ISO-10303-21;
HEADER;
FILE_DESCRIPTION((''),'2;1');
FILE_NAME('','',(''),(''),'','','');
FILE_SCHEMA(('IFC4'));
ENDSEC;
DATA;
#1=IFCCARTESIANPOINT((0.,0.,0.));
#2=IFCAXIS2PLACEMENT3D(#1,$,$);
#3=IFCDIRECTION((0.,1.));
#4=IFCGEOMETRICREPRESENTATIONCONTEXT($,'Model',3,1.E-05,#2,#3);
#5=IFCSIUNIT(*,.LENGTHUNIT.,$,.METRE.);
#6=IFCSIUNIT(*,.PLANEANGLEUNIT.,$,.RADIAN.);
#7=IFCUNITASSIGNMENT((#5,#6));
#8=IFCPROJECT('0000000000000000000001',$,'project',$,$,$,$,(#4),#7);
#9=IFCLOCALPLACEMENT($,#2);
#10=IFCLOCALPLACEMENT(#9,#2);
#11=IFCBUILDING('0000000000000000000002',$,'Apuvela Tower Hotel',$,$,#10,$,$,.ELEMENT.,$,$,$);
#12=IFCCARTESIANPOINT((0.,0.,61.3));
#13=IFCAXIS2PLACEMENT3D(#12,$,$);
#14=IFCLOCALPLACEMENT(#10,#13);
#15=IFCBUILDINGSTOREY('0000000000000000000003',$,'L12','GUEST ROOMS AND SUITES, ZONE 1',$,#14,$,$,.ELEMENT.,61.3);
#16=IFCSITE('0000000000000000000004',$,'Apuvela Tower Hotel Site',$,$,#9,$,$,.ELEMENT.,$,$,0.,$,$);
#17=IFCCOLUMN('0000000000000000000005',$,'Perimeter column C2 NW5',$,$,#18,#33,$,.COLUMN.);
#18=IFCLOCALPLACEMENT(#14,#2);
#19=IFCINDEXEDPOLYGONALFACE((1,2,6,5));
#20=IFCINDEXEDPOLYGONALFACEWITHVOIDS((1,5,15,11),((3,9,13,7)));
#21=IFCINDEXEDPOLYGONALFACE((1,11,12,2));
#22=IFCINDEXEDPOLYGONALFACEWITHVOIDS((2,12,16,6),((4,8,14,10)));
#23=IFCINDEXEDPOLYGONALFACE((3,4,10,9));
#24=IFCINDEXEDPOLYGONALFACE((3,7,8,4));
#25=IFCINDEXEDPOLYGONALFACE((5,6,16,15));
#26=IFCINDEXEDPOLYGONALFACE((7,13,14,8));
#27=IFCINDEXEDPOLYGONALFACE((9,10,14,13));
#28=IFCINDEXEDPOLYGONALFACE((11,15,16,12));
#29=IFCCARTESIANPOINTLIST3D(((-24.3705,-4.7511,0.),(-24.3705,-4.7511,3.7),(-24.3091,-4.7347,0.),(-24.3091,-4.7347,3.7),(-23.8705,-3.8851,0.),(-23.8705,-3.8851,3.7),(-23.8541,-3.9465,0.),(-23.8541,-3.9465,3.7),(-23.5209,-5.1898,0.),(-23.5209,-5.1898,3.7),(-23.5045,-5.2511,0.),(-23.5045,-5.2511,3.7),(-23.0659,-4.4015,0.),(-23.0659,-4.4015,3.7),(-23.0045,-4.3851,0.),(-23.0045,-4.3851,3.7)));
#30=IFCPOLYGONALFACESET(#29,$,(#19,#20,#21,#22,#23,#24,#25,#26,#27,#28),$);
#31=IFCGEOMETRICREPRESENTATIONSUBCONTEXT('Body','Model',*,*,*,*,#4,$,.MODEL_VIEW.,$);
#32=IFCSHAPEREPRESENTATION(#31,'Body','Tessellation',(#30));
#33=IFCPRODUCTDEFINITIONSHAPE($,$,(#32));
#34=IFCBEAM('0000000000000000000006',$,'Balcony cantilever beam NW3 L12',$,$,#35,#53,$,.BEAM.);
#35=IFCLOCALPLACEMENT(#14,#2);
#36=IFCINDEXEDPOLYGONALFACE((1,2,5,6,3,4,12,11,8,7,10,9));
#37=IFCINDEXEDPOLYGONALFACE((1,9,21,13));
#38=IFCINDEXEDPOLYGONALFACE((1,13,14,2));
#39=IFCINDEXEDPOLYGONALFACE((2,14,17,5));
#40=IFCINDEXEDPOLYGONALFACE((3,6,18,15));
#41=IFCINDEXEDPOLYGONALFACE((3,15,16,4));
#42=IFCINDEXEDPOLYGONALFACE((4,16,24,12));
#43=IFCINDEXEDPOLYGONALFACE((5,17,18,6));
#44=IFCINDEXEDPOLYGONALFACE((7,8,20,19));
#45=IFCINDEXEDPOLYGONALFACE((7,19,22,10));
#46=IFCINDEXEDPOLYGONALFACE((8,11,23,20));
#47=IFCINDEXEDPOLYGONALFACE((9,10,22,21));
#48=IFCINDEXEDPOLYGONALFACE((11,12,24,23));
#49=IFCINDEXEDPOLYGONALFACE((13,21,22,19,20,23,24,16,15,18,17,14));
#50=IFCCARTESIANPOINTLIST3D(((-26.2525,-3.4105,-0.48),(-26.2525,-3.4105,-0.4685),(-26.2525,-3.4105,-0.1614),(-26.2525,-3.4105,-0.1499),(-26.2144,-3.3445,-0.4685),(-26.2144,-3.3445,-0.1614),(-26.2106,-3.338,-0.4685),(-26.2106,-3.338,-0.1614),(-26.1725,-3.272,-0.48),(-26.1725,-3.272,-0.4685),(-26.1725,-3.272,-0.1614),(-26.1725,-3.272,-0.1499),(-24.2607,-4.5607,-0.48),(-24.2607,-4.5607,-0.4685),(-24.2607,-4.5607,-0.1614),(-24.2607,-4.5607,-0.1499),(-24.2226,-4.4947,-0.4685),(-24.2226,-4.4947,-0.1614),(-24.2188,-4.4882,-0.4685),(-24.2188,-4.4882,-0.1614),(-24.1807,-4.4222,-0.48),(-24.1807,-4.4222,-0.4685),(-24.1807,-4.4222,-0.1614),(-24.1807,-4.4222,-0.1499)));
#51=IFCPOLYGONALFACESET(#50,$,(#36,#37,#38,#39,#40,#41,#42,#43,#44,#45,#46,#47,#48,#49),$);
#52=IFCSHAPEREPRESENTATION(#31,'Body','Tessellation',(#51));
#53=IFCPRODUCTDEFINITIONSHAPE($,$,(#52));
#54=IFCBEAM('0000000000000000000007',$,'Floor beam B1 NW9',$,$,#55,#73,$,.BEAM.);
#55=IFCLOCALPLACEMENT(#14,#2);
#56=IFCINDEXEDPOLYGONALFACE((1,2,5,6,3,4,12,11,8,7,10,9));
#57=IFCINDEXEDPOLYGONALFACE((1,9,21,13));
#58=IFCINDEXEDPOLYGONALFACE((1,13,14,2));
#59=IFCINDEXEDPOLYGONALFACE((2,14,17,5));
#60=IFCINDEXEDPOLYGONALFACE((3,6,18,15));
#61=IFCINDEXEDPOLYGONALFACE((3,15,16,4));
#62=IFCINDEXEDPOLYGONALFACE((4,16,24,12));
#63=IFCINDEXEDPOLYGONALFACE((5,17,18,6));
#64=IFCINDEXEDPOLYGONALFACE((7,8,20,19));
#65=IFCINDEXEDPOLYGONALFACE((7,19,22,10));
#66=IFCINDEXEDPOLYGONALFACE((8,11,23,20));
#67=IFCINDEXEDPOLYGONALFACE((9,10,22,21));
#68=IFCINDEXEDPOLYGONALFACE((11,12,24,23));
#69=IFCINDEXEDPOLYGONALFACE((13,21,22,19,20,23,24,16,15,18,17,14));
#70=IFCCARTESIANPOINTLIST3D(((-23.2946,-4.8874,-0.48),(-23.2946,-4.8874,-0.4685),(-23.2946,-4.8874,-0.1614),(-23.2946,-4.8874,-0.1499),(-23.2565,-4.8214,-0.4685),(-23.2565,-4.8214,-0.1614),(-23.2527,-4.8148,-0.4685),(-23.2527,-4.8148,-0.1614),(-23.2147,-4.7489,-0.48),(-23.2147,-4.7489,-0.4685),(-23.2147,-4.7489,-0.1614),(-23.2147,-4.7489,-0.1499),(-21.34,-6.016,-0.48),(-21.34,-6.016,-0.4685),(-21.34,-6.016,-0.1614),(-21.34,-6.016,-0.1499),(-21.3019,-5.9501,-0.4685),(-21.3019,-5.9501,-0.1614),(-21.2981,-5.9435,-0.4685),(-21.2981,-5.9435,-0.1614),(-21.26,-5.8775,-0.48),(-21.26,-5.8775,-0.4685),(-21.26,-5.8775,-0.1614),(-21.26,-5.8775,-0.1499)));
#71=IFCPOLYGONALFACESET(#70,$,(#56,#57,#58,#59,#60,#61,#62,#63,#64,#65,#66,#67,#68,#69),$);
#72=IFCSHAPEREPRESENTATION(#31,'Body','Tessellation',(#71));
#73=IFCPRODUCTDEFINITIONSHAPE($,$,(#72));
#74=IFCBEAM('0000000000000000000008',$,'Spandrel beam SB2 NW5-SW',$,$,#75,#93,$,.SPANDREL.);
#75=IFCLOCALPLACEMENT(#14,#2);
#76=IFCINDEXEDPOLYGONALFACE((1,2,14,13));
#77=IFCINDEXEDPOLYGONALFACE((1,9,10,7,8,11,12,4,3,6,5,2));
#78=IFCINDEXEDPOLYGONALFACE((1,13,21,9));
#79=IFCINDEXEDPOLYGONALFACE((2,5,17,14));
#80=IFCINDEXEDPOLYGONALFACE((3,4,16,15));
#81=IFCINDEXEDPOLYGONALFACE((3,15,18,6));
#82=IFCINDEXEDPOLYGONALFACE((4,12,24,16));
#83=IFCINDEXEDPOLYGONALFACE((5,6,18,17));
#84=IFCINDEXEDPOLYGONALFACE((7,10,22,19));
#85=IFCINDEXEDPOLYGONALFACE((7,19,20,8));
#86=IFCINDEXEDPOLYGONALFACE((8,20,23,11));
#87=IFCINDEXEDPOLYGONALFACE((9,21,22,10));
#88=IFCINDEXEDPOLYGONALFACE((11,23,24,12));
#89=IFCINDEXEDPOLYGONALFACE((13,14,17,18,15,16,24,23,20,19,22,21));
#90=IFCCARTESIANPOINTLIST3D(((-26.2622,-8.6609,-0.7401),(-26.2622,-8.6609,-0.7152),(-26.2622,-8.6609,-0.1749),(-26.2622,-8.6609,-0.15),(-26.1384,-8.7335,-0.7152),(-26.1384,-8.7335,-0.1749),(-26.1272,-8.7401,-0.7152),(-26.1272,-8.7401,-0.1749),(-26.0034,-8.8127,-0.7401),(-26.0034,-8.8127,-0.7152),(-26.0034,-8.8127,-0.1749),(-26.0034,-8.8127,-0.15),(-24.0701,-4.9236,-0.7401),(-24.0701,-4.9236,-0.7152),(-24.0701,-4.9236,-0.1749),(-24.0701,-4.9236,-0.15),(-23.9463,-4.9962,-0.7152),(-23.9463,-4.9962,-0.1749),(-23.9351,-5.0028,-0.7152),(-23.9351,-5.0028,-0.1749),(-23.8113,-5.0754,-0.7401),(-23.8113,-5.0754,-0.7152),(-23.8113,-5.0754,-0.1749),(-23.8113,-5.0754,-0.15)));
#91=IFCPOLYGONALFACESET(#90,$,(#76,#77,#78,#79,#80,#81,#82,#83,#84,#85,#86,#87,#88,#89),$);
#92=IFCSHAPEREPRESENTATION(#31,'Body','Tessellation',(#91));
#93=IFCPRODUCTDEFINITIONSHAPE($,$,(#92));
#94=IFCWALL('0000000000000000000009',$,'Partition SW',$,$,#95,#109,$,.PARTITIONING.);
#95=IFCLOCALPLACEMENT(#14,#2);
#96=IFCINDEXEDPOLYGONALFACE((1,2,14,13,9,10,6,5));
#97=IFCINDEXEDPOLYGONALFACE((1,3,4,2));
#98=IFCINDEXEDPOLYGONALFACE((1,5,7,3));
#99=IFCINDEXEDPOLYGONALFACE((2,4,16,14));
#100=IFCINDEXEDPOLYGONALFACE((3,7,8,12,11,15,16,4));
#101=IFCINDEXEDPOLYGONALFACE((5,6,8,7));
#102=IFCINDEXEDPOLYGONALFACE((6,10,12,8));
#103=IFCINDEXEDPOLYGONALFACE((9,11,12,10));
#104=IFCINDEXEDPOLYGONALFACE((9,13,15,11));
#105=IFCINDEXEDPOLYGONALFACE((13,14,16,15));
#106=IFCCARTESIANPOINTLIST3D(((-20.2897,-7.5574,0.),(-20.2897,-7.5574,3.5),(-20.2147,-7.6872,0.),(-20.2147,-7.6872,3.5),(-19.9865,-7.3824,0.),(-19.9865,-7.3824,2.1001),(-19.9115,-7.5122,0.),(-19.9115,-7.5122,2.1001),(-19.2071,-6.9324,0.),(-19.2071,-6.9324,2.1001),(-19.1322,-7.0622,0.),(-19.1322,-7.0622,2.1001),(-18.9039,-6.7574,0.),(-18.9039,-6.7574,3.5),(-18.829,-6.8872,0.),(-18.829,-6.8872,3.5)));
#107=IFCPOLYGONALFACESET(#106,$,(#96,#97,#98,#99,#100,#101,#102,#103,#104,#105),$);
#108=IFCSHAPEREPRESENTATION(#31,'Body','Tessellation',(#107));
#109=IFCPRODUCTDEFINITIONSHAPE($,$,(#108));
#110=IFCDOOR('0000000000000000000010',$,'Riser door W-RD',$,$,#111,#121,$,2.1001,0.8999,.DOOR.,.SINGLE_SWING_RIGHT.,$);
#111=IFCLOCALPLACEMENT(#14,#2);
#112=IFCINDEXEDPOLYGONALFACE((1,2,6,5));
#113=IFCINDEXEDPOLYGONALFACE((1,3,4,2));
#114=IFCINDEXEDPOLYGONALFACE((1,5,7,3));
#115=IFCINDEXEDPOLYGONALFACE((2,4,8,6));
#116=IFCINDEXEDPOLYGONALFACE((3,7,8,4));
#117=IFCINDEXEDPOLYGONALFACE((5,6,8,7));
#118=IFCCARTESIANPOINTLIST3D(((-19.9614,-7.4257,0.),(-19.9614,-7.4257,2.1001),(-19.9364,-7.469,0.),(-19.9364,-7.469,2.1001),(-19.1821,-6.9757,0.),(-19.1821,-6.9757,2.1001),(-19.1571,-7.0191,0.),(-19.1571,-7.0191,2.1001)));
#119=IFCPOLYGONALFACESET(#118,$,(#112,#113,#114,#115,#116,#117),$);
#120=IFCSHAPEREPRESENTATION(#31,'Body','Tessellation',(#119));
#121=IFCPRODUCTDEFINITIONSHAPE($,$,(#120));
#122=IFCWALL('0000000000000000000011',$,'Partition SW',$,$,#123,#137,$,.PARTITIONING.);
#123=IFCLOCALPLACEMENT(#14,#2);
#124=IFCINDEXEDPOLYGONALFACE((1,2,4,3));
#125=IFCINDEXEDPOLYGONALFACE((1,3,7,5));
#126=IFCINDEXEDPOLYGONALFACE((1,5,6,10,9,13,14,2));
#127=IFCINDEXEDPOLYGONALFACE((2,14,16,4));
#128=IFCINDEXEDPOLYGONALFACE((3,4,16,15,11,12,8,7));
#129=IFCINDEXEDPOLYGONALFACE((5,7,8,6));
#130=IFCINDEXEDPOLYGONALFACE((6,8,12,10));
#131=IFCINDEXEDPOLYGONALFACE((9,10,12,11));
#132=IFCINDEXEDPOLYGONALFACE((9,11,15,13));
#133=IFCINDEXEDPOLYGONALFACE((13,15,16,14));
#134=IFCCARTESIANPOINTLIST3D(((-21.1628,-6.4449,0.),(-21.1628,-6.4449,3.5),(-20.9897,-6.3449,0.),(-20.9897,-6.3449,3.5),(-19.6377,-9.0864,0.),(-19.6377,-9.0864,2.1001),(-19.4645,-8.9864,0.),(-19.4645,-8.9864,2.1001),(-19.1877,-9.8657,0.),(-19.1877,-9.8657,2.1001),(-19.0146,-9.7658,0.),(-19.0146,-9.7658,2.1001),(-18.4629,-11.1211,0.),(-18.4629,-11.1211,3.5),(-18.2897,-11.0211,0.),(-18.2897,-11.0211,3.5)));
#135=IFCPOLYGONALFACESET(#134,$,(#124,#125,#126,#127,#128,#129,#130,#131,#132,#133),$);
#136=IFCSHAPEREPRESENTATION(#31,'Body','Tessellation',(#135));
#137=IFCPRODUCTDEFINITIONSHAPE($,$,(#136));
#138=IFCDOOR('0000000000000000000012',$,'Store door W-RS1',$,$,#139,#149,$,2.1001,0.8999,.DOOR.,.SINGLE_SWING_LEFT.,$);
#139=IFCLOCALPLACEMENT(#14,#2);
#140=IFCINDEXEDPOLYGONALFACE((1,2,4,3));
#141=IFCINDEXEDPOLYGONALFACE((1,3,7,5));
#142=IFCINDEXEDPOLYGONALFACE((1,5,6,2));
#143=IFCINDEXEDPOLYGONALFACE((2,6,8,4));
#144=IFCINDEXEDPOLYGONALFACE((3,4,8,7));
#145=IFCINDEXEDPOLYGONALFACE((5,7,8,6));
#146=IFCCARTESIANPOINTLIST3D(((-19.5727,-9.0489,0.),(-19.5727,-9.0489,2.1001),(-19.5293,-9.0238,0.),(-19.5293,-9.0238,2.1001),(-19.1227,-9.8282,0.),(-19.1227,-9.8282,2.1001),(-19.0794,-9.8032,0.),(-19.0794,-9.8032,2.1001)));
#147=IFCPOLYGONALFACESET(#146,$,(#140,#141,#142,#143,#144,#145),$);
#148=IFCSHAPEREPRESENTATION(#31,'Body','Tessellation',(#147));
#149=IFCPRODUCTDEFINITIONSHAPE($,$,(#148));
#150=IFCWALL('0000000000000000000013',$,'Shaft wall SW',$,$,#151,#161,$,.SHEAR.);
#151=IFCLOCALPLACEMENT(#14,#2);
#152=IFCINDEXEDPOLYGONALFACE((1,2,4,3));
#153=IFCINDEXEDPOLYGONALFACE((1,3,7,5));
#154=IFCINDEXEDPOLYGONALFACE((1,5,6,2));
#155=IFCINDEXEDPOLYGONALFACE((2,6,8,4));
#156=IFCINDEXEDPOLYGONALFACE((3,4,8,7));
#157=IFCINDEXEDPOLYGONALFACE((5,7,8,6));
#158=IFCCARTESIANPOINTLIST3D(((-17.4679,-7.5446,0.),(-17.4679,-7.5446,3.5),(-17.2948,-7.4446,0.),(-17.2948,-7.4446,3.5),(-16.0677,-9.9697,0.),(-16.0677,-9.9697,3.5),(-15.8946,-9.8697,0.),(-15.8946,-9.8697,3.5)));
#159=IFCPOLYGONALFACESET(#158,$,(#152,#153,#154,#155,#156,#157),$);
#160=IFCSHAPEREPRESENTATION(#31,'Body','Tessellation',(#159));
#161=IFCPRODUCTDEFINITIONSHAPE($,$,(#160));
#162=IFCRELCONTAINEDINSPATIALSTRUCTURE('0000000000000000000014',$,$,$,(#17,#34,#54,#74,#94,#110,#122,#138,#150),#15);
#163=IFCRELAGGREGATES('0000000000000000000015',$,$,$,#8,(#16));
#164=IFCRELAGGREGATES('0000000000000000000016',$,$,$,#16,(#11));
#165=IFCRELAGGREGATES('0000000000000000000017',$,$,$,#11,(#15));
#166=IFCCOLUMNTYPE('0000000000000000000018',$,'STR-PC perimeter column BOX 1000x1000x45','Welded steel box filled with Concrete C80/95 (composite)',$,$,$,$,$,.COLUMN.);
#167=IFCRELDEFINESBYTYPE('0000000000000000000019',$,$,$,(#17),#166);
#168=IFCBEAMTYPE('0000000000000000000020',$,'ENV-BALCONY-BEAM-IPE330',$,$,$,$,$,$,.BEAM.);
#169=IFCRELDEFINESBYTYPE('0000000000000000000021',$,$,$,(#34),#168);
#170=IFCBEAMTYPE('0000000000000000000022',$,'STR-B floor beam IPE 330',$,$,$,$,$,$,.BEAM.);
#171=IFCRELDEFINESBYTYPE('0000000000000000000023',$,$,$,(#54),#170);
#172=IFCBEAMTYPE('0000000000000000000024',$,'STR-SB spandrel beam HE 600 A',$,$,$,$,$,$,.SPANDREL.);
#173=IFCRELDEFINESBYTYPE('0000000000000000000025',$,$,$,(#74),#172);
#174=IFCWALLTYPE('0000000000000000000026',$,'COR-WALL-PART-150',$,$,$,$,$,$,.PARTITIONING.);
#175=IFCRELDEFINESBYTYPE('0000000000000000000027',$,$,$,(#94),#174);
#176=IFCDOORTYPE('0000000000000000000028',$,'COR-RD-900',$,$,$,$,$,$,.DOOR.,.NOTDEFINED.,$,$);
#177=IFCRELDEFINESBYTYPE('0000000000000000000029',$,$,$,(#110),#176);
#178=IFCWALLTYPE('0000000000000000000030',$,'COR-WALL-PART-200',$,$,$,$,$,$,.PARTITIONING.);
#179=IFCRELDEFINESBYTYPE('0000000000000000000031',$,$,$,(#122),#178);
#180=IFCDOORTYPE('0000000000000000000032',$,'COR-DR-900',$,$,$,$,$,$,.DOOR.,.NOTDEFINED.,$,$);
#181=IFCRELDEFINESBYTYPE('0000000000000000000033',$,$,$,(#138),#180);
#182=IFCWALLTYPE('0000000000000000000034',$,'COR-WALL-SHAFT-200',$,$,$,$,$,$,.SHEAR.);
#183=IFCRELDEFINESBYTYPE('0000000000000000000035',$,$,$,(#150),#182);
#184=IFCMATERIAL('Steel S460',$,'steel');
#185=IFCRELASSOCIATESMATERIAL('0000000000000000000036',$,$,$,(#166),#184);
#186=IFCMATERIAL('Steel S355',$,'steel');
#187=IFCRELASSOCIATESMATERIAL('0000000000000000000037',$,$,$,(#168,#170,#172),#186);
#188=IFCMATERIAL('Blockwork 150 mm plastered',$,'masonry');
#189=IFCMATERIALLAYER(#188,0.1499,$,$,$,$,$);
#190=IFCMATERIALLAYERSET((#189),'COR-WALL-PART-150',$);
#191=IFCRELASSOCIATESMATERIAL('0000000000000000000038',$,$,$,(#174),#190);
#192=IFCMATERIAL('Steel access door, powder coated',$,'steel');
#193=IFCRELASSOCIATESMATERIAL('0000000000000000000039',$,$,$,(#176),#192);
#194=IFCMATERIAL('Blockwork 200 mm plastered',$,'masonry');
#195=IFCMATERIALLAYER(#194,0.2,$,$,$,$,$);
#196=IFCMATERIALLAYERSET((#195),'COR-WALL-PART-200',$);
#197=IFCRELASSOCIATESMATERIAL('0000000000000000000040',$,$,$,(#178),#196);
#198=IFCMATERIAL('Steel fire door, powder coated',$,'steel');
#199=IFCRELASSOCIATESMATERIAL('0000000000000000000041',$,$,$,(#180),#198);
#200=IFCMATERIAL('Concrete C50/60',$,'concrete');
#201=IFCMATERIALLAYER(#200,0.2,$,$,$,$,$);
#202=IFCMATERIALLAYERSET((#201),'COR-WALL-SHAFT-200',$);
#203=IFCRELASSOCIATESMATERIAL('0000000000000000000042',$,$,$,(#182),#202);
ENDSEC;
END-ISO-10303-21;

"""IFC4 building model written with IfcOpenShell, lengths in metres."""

from ifc_helpers import new_model, si_unit, direction, frame, frame_2d, origin, origin_2d, place, context, subcontext, project, spatial, rectangle, hollow_rectangle, i_section, extrude, material, layer, layer_set, material_profile, profile_set, type_object, element, fill, save


model = new_model("IFC4")

# Units and contexts
model_context = context("Model", 3, precision=1e-05, world=origin(), true_north=direction((0.0, 1.0)))
body_context = subcontext(model_context, "Body", "Model", "MODEL_VIEW")
ifc_project = project(units=[si_unit("LENGTHUNIT", "METRE"), si_unit("PLANEANGLEUNIT", "RADIAN")], contexts=[model_context])

# Site, building, storey
site_placement = place(None, origin())
site = spatial("IfcSite", under=ifc_project, at=site_placement, Name="Apuvela Tower Hotel Site", CompositionType="ELEMENT", RefElevation=0.0)
building_placement = place(site_placement, origin())
building = spatial("IfcBuilding", under=site, at=building_placement, Name="Apuvela Tower Hotel", CompositionType="ELEMENT")
storey_placement = place(building_placement, frame((0.0, 0.0, 61.3)))
storey = spatial("IfcBuildingStorey", under=building, at=storey_placement, Name="L12", Description="GUEST ROOMS AND SUITES, ZONE 1", CompositionType="ELEMENT", Elevation=61.3)

# Column
ifc_material_1 = material(Name="Steel S460", Category="steel")
ifc_material_profile_1 = material_profile(ifc_material_1, hollow_rectangle(XDim=1.0, YDim=1.0, WallThickness=0.0449, at=origin_2d()), Name="BOX 1000x1000x45")
ifc_material_2 = material(Name="Concrete C80/95", Category="concrete")
ifc_material_profile_2 = material_profile(ifc_material_2, rectangle(XDim=0.9099, YDim=0.9099, at=origin_2d()), Name="Concrete C80/95 infill")
ifc_profile_set_1 = profile_set([ifc_material_profile_1, ifc_material_profile_2], Name="Steel S460")
column_type = type_object("IfcColumnType", Name="STR-PC perimeter column BOX 1000x1000x45", Description="Welded steel box filled with Concrete C80/95 (composite)", PredefinedType="COLUMN", material=ifc_profile_set_1)
column_placement = place(storey_placement, frame((-23.6875, -4.5681, 0.0), z_axis=(0.0, 0.0, 1.0), x_axis=(0.5, 0.866025, 0.0)))
element("IfcColumn", 1, at=column_placement, inside=storey, type_object=column_type, Name="Perimeter column C2 NW5", PredefinedType="COLUMN", context=body_context, shape_type="SweptSolid", body=[
    extrude(hollow_rectangle(XDim=1.0, YDim=1.0, WallThickness=0.0449, at=origin_2d()), origin(), (0.0, 0.0, 1.0), 3.7),
])

# Beams
ifc_material_3 = material(Name="Steel S355", Category="steel")
ifc_material_profile_3 = material_profile(ifc_material_3, i_section(OverallWidth=0.1599, OverallDepth=0.3301, WebThickness=0.0076, FlangeThickness=0.0115, at=origin_2d()), Name="IPE 330")
ifc_profile_set_2 = profile_set([ifc_material_profile_3], Name="Steel S355")
beam_type_1 = type_object("IfcBeamType", Name="ENV-BALCONY-BEAM-IPE330", PredefinedType="BEAM", material=ifc_profile_set_2)
beam_1_placement = place(storey_placement, frame((-24.2207, -4.4915, -0.3149), z_axis=(-0.865981, 0.500078, 0.0), x_axis=(-0.500078, -0.865981, 0.0)))
element("IfcBeam", 2, at=beam_1_placement, inside=storey, type_object=beam_type_1, Name="Balcony cantilever beam NW3 L12", PredefinedType="BEAM", context=body_context, shape_type="SweptSolid", body=[
    extrude(i_section(OverallWidth=0.1599, OverallDepth=0.3301, WebThickness=0.0076, FlangeThickness=0.0115, at=origin_2d()), origin(), (0.0, 0.0, 1.0), 2.3),
])
ifc_material_profile_4 = material_profile(ifc_material_3, i_section(OverallWidth=0.1599, OverallDepth=0.3301, WebThickness=0.0076, FlangeThickness=0.0115, at=origin_2d()), Name="IPE 330")
ifc_profile_set_3 = profile_set([ifc_material_profile_4], Name="Steel S355")
beam_type_2 = type_object("IfcBeamType", Name="STR-B floor beam IPE 330", PredefinedType="BEAM", material=ifc_profile_set_3)
beam_2_placement = place(storey_placement, frame((-23.2546, -4.8181, -0.3149), z_axis=(0.865991, -0.50006, 0.0), x_axis=(0.50006, 0.865991, 0.0)))
element("IfcBeam", 3, at=beam_2_placement, inside=storey, type_object=beam_type_2, Name="Floor beam B1 NW9", PredefinedType="BEAM", context=body_context, shape_type="SweptSolid", body=[
    extrude(i_section(OverallWidth=0.1599, OverallDepth=0.3301, WebThickness=0.0076, FlangeThickness=0.0115, at=origin_2d()), origin(), (0.0, 0.0, 1.0), 2.2571),
])
ifc_material_profile_5 = material_profile(ifc_material_3, i_section(OverallWidth=0.3, OverallDepth=0.5901, WebThickness=0.0129, FlangeThickness=0.0249, at=origin_2d()), Name="HE 600 A")
ifc_profile_set_4 = profile_set([ifc_material_profile_5], Name="Steel S355")
beam_type_3 = type_object("IfcBeamType", Name="STR-SB spandrel beam HE 600 A", PredefinedType="SPANDREL", material=ifc_profile_set_4)
beam_3_placement = place(storey_placement, frame((-23.9407, -4.9995, -0.4451), z_axis=(-0.505944, -0.862567, 0.0), x_axis=(0.862567, -0.505944, 0.0)))
element("IfcBeam", 4, at=beam_3_placement, inside=storey, type_object=beam_type_3, Name="Spandrel beam SB2 NW5-SW", PredefinedType="SPANDREL", context=body_context, shape_type="SweptSolid", body=[
    extrude(i_section(OverallWidth=0.3, OverallDepth=0.5901, WebThickness=0.0129, FlangeThickness=0.0249, at=origin_2d()), origin(), (0.0, 0.0, 1.0), 4.3328),
])

# Walls, openings, doors
ifc_material_4 = material(Name="Blockwork 150 mm plastered", Category="masonry")
ifc_layer_1 = layer(ifc_material_4, 0.1499)
ifc_layer_set_1 = layer_set([ifc_layer_1], Name="COR-WALL-PART-150")
wall_type_1 = type_object("IfcWallType", Name="COR-WALL-PART-150", PredefinedType="PARTITIONING", material=ifc_layer_set_1)
wall_1_placement = place(storey_placement, frame((-18.8665, -6.8223, 0.0), z_axis=(0.0, 0.0, 1.0), x_axis=(-0.866028, -0.499995, 0.0)))
wall_1 = element("IfcWall", 5, at=wall_1_placement, inside=storey, type_object=wall_type_1, Name="Partition SW", PredefinedType="PARTITIONING", context=body_context, shape_type="SweptSolid", body=[
    extrude(rectangle(XDim=1.6001, YDim=0.1499, at=frame_2d((0.8, 0.0))), origin(), (0.0, 0.0, 1.0), 3.5),
])
opening_1_placement = place(wall_1_placement, frame((0.3501, 0.0, 0.0)))
opening_1 = element("IfcOpeningElement", 6, at=opening_1_placement, cuts=wall_1, PredefinedType="OPENING", context=body_context, shape_type="SweptSolid", body=[
    extrude(rectangle(XDim=0.8999, YDim=2.1001, at=frame_2d((0.45, 1.05))), frame((0.0, 0.085, 0.0), z_axis=(0.0, -1.0, 0.0), x_axis=(1.0, 0.0, 0.0)), (0.0, 0.0, 1.0), 0.1699),
])
ifc_material_5 = material(Name="Steel access door, powder coated", Category="steel")
door_type_1 = type_object("IfcDoorType", Name="COR-RD-900", OperationType="NOTDEFINED", PredefinedType="DOOR", material=ifc_material_5)
door_1_placement = place(opening_1_placement, frame((0.8999, 0.0, 0.0), z_axis=(0.0, 0.0, 1.0), x_axis=(-1.0, 0.0, 0.0)))
door_1 = element("IfcDoor", 7, at=door_1_placement, inside=storey, type_object=door_type_1, Name="Riser door W-RD", OperationType="SINGLE_SWING_RIGHT", OverallHeight=2.1001, OverallWidth=0.8999, PredefinedType="DOOR", context=body_context, shape_type="SweptSolid", body=[
    extrude(rectangle(XDim=0.8999, YDim=2.1001, at=frame_2d((0.45, 1.05))), frame((0.0, 0.0249, 0.0), z_axis=(0.0, -1.0, 0.0), x_axis=(1.0, 0.0, 0.0)), (0.0, 0.0, 1.0), 0.05),
])
fill(opening_1, door_1)
ifc_material_6 = material(Name="Blockwork 200 mm plastered", Category="masonry")
ifc_layer_2 = layer(ifc_material_6, 0.2)
ifc_layer_set_2 = layer_set([ifc_layer_2], Name="COR-WALL-PART-200")
wall_type_2 = type_object("IfcWallType", Name="COR-WALL-PART-200", PredefinedType="PARTITIONING", material=ifc_layer_set_2)
wall_2_placement = place(storey_placement, frame((-21.0762, -6.395, 0.0), z_axis=(0.0, 0.0, 1.0), x_axis=(0.500015, -0.866017, 0.0)))
wall_2 = element("IfcWall", 8, at=wall_2_placement, inside=storey, type_object=wall_type_2, Name="Partition SW", PredefinedType="PARTITIONING", context=body_context, shape_type="SweptSolid", body=[
    extrude(rectangle(XDim=5.3997, YDim=0.2, at=frame_2d((2.6997, 0.0))), origin(), (0.0, 0.0, 1.0), 3.5),
])
opening_2_placement = place(wall_2_placement, frame((3.05, 0.0, 0.0)))
opening_2 = element("IfcOpeningElement", 9, at=opening_2_placement, cuts=wall_2, PredefinedType="OPENING", context=body_context, shape_type="SweptSolid", body=[
    extrude(rectangle(XDim=0.8999, YDim=2.1001, at=frame_2d((0.45, 1.05))), frame((0.0, 0.1099, 0.0), z_axis=(0.0, -1.0, 0.0), x_axis=(1.0, 0.0, 0.0)), (0.0, 0.0, 1.0), 0.22),
])
ifc_material_7 = material(Name="Steel fire door, powder coated", Category="steel")
door_type_2 = type_object("IfcDoorType", Name="COR-DR-900", OperationType="NOTDEFINED", PredefinedType="DOOR", material=ifc_material_7)
door_2_placement = place(opening_2_placement, frame((0.8999, 0.0, 0.0), z_axis=(0.0, 0.0, 1.0), x_axis=(-1.0, 0.0, 0.0)))
door_2 = element("IfcDoor", 10, at=door_2_placement, inside=storey, type_object=door_type_2, Name="Store door W-RS1", OperationType="SINGLE_SWING_LEFT", OverallHeight=2.1001, OverallWidth=0.8999, PredefinedType="DOOR", context=body_context, shape_type="SweptSolid", body=[
    extrude(rectangle(XDim=0.8999, YDim=2.1001, at=frame_2d((0.45, 1.05))), frame((0.0, 0.0249, 0.0), z_axis=(0.0, -1.0, 0.0), x_axis=(1.0, 0.0, 0.0)), (0.0, 0.0, 1.0), 0.05),
])
fill(opening_2, door_2)

# Wall
ifc_material_8 = material(Name="Concrete C50/60", Category="concrete")
ifc_layer_3 = layer(ifc_material_8, 0.2)
ifc_layer_set_3 = layer_set([ifc_layer_3], Name="COR-WALL-SHAFT-200")
wall_type_3 = type_object("IfcWallType", Name="COR-WALL-SHAFT-200", PredefinedType="SHEAR", material=ifc_layer_set_3)
wall_3_placement = place(storey_placement, frame((-17.3813, -7.4946, 0.0), z_axis=(0.0, 0.0, 1.0), x_axis=(0.500012, -0.866019, 0.0)))
element("IfcWall", 11, at=wall_3_placement, inside=storey, type_object=wall_type_3, Name="Shaft wall SW", PredefinedType="SHEAR", context=body_context, shape_type="SweptSolid", body=[
    extrude(rectangle(XDim=2.8003, YDim=0.2, at=frame_2d((1.4001, 0.0))), origin(), (0.0, 0.0, 1.0), 3.5),
])

save(model, "model.ifc")
